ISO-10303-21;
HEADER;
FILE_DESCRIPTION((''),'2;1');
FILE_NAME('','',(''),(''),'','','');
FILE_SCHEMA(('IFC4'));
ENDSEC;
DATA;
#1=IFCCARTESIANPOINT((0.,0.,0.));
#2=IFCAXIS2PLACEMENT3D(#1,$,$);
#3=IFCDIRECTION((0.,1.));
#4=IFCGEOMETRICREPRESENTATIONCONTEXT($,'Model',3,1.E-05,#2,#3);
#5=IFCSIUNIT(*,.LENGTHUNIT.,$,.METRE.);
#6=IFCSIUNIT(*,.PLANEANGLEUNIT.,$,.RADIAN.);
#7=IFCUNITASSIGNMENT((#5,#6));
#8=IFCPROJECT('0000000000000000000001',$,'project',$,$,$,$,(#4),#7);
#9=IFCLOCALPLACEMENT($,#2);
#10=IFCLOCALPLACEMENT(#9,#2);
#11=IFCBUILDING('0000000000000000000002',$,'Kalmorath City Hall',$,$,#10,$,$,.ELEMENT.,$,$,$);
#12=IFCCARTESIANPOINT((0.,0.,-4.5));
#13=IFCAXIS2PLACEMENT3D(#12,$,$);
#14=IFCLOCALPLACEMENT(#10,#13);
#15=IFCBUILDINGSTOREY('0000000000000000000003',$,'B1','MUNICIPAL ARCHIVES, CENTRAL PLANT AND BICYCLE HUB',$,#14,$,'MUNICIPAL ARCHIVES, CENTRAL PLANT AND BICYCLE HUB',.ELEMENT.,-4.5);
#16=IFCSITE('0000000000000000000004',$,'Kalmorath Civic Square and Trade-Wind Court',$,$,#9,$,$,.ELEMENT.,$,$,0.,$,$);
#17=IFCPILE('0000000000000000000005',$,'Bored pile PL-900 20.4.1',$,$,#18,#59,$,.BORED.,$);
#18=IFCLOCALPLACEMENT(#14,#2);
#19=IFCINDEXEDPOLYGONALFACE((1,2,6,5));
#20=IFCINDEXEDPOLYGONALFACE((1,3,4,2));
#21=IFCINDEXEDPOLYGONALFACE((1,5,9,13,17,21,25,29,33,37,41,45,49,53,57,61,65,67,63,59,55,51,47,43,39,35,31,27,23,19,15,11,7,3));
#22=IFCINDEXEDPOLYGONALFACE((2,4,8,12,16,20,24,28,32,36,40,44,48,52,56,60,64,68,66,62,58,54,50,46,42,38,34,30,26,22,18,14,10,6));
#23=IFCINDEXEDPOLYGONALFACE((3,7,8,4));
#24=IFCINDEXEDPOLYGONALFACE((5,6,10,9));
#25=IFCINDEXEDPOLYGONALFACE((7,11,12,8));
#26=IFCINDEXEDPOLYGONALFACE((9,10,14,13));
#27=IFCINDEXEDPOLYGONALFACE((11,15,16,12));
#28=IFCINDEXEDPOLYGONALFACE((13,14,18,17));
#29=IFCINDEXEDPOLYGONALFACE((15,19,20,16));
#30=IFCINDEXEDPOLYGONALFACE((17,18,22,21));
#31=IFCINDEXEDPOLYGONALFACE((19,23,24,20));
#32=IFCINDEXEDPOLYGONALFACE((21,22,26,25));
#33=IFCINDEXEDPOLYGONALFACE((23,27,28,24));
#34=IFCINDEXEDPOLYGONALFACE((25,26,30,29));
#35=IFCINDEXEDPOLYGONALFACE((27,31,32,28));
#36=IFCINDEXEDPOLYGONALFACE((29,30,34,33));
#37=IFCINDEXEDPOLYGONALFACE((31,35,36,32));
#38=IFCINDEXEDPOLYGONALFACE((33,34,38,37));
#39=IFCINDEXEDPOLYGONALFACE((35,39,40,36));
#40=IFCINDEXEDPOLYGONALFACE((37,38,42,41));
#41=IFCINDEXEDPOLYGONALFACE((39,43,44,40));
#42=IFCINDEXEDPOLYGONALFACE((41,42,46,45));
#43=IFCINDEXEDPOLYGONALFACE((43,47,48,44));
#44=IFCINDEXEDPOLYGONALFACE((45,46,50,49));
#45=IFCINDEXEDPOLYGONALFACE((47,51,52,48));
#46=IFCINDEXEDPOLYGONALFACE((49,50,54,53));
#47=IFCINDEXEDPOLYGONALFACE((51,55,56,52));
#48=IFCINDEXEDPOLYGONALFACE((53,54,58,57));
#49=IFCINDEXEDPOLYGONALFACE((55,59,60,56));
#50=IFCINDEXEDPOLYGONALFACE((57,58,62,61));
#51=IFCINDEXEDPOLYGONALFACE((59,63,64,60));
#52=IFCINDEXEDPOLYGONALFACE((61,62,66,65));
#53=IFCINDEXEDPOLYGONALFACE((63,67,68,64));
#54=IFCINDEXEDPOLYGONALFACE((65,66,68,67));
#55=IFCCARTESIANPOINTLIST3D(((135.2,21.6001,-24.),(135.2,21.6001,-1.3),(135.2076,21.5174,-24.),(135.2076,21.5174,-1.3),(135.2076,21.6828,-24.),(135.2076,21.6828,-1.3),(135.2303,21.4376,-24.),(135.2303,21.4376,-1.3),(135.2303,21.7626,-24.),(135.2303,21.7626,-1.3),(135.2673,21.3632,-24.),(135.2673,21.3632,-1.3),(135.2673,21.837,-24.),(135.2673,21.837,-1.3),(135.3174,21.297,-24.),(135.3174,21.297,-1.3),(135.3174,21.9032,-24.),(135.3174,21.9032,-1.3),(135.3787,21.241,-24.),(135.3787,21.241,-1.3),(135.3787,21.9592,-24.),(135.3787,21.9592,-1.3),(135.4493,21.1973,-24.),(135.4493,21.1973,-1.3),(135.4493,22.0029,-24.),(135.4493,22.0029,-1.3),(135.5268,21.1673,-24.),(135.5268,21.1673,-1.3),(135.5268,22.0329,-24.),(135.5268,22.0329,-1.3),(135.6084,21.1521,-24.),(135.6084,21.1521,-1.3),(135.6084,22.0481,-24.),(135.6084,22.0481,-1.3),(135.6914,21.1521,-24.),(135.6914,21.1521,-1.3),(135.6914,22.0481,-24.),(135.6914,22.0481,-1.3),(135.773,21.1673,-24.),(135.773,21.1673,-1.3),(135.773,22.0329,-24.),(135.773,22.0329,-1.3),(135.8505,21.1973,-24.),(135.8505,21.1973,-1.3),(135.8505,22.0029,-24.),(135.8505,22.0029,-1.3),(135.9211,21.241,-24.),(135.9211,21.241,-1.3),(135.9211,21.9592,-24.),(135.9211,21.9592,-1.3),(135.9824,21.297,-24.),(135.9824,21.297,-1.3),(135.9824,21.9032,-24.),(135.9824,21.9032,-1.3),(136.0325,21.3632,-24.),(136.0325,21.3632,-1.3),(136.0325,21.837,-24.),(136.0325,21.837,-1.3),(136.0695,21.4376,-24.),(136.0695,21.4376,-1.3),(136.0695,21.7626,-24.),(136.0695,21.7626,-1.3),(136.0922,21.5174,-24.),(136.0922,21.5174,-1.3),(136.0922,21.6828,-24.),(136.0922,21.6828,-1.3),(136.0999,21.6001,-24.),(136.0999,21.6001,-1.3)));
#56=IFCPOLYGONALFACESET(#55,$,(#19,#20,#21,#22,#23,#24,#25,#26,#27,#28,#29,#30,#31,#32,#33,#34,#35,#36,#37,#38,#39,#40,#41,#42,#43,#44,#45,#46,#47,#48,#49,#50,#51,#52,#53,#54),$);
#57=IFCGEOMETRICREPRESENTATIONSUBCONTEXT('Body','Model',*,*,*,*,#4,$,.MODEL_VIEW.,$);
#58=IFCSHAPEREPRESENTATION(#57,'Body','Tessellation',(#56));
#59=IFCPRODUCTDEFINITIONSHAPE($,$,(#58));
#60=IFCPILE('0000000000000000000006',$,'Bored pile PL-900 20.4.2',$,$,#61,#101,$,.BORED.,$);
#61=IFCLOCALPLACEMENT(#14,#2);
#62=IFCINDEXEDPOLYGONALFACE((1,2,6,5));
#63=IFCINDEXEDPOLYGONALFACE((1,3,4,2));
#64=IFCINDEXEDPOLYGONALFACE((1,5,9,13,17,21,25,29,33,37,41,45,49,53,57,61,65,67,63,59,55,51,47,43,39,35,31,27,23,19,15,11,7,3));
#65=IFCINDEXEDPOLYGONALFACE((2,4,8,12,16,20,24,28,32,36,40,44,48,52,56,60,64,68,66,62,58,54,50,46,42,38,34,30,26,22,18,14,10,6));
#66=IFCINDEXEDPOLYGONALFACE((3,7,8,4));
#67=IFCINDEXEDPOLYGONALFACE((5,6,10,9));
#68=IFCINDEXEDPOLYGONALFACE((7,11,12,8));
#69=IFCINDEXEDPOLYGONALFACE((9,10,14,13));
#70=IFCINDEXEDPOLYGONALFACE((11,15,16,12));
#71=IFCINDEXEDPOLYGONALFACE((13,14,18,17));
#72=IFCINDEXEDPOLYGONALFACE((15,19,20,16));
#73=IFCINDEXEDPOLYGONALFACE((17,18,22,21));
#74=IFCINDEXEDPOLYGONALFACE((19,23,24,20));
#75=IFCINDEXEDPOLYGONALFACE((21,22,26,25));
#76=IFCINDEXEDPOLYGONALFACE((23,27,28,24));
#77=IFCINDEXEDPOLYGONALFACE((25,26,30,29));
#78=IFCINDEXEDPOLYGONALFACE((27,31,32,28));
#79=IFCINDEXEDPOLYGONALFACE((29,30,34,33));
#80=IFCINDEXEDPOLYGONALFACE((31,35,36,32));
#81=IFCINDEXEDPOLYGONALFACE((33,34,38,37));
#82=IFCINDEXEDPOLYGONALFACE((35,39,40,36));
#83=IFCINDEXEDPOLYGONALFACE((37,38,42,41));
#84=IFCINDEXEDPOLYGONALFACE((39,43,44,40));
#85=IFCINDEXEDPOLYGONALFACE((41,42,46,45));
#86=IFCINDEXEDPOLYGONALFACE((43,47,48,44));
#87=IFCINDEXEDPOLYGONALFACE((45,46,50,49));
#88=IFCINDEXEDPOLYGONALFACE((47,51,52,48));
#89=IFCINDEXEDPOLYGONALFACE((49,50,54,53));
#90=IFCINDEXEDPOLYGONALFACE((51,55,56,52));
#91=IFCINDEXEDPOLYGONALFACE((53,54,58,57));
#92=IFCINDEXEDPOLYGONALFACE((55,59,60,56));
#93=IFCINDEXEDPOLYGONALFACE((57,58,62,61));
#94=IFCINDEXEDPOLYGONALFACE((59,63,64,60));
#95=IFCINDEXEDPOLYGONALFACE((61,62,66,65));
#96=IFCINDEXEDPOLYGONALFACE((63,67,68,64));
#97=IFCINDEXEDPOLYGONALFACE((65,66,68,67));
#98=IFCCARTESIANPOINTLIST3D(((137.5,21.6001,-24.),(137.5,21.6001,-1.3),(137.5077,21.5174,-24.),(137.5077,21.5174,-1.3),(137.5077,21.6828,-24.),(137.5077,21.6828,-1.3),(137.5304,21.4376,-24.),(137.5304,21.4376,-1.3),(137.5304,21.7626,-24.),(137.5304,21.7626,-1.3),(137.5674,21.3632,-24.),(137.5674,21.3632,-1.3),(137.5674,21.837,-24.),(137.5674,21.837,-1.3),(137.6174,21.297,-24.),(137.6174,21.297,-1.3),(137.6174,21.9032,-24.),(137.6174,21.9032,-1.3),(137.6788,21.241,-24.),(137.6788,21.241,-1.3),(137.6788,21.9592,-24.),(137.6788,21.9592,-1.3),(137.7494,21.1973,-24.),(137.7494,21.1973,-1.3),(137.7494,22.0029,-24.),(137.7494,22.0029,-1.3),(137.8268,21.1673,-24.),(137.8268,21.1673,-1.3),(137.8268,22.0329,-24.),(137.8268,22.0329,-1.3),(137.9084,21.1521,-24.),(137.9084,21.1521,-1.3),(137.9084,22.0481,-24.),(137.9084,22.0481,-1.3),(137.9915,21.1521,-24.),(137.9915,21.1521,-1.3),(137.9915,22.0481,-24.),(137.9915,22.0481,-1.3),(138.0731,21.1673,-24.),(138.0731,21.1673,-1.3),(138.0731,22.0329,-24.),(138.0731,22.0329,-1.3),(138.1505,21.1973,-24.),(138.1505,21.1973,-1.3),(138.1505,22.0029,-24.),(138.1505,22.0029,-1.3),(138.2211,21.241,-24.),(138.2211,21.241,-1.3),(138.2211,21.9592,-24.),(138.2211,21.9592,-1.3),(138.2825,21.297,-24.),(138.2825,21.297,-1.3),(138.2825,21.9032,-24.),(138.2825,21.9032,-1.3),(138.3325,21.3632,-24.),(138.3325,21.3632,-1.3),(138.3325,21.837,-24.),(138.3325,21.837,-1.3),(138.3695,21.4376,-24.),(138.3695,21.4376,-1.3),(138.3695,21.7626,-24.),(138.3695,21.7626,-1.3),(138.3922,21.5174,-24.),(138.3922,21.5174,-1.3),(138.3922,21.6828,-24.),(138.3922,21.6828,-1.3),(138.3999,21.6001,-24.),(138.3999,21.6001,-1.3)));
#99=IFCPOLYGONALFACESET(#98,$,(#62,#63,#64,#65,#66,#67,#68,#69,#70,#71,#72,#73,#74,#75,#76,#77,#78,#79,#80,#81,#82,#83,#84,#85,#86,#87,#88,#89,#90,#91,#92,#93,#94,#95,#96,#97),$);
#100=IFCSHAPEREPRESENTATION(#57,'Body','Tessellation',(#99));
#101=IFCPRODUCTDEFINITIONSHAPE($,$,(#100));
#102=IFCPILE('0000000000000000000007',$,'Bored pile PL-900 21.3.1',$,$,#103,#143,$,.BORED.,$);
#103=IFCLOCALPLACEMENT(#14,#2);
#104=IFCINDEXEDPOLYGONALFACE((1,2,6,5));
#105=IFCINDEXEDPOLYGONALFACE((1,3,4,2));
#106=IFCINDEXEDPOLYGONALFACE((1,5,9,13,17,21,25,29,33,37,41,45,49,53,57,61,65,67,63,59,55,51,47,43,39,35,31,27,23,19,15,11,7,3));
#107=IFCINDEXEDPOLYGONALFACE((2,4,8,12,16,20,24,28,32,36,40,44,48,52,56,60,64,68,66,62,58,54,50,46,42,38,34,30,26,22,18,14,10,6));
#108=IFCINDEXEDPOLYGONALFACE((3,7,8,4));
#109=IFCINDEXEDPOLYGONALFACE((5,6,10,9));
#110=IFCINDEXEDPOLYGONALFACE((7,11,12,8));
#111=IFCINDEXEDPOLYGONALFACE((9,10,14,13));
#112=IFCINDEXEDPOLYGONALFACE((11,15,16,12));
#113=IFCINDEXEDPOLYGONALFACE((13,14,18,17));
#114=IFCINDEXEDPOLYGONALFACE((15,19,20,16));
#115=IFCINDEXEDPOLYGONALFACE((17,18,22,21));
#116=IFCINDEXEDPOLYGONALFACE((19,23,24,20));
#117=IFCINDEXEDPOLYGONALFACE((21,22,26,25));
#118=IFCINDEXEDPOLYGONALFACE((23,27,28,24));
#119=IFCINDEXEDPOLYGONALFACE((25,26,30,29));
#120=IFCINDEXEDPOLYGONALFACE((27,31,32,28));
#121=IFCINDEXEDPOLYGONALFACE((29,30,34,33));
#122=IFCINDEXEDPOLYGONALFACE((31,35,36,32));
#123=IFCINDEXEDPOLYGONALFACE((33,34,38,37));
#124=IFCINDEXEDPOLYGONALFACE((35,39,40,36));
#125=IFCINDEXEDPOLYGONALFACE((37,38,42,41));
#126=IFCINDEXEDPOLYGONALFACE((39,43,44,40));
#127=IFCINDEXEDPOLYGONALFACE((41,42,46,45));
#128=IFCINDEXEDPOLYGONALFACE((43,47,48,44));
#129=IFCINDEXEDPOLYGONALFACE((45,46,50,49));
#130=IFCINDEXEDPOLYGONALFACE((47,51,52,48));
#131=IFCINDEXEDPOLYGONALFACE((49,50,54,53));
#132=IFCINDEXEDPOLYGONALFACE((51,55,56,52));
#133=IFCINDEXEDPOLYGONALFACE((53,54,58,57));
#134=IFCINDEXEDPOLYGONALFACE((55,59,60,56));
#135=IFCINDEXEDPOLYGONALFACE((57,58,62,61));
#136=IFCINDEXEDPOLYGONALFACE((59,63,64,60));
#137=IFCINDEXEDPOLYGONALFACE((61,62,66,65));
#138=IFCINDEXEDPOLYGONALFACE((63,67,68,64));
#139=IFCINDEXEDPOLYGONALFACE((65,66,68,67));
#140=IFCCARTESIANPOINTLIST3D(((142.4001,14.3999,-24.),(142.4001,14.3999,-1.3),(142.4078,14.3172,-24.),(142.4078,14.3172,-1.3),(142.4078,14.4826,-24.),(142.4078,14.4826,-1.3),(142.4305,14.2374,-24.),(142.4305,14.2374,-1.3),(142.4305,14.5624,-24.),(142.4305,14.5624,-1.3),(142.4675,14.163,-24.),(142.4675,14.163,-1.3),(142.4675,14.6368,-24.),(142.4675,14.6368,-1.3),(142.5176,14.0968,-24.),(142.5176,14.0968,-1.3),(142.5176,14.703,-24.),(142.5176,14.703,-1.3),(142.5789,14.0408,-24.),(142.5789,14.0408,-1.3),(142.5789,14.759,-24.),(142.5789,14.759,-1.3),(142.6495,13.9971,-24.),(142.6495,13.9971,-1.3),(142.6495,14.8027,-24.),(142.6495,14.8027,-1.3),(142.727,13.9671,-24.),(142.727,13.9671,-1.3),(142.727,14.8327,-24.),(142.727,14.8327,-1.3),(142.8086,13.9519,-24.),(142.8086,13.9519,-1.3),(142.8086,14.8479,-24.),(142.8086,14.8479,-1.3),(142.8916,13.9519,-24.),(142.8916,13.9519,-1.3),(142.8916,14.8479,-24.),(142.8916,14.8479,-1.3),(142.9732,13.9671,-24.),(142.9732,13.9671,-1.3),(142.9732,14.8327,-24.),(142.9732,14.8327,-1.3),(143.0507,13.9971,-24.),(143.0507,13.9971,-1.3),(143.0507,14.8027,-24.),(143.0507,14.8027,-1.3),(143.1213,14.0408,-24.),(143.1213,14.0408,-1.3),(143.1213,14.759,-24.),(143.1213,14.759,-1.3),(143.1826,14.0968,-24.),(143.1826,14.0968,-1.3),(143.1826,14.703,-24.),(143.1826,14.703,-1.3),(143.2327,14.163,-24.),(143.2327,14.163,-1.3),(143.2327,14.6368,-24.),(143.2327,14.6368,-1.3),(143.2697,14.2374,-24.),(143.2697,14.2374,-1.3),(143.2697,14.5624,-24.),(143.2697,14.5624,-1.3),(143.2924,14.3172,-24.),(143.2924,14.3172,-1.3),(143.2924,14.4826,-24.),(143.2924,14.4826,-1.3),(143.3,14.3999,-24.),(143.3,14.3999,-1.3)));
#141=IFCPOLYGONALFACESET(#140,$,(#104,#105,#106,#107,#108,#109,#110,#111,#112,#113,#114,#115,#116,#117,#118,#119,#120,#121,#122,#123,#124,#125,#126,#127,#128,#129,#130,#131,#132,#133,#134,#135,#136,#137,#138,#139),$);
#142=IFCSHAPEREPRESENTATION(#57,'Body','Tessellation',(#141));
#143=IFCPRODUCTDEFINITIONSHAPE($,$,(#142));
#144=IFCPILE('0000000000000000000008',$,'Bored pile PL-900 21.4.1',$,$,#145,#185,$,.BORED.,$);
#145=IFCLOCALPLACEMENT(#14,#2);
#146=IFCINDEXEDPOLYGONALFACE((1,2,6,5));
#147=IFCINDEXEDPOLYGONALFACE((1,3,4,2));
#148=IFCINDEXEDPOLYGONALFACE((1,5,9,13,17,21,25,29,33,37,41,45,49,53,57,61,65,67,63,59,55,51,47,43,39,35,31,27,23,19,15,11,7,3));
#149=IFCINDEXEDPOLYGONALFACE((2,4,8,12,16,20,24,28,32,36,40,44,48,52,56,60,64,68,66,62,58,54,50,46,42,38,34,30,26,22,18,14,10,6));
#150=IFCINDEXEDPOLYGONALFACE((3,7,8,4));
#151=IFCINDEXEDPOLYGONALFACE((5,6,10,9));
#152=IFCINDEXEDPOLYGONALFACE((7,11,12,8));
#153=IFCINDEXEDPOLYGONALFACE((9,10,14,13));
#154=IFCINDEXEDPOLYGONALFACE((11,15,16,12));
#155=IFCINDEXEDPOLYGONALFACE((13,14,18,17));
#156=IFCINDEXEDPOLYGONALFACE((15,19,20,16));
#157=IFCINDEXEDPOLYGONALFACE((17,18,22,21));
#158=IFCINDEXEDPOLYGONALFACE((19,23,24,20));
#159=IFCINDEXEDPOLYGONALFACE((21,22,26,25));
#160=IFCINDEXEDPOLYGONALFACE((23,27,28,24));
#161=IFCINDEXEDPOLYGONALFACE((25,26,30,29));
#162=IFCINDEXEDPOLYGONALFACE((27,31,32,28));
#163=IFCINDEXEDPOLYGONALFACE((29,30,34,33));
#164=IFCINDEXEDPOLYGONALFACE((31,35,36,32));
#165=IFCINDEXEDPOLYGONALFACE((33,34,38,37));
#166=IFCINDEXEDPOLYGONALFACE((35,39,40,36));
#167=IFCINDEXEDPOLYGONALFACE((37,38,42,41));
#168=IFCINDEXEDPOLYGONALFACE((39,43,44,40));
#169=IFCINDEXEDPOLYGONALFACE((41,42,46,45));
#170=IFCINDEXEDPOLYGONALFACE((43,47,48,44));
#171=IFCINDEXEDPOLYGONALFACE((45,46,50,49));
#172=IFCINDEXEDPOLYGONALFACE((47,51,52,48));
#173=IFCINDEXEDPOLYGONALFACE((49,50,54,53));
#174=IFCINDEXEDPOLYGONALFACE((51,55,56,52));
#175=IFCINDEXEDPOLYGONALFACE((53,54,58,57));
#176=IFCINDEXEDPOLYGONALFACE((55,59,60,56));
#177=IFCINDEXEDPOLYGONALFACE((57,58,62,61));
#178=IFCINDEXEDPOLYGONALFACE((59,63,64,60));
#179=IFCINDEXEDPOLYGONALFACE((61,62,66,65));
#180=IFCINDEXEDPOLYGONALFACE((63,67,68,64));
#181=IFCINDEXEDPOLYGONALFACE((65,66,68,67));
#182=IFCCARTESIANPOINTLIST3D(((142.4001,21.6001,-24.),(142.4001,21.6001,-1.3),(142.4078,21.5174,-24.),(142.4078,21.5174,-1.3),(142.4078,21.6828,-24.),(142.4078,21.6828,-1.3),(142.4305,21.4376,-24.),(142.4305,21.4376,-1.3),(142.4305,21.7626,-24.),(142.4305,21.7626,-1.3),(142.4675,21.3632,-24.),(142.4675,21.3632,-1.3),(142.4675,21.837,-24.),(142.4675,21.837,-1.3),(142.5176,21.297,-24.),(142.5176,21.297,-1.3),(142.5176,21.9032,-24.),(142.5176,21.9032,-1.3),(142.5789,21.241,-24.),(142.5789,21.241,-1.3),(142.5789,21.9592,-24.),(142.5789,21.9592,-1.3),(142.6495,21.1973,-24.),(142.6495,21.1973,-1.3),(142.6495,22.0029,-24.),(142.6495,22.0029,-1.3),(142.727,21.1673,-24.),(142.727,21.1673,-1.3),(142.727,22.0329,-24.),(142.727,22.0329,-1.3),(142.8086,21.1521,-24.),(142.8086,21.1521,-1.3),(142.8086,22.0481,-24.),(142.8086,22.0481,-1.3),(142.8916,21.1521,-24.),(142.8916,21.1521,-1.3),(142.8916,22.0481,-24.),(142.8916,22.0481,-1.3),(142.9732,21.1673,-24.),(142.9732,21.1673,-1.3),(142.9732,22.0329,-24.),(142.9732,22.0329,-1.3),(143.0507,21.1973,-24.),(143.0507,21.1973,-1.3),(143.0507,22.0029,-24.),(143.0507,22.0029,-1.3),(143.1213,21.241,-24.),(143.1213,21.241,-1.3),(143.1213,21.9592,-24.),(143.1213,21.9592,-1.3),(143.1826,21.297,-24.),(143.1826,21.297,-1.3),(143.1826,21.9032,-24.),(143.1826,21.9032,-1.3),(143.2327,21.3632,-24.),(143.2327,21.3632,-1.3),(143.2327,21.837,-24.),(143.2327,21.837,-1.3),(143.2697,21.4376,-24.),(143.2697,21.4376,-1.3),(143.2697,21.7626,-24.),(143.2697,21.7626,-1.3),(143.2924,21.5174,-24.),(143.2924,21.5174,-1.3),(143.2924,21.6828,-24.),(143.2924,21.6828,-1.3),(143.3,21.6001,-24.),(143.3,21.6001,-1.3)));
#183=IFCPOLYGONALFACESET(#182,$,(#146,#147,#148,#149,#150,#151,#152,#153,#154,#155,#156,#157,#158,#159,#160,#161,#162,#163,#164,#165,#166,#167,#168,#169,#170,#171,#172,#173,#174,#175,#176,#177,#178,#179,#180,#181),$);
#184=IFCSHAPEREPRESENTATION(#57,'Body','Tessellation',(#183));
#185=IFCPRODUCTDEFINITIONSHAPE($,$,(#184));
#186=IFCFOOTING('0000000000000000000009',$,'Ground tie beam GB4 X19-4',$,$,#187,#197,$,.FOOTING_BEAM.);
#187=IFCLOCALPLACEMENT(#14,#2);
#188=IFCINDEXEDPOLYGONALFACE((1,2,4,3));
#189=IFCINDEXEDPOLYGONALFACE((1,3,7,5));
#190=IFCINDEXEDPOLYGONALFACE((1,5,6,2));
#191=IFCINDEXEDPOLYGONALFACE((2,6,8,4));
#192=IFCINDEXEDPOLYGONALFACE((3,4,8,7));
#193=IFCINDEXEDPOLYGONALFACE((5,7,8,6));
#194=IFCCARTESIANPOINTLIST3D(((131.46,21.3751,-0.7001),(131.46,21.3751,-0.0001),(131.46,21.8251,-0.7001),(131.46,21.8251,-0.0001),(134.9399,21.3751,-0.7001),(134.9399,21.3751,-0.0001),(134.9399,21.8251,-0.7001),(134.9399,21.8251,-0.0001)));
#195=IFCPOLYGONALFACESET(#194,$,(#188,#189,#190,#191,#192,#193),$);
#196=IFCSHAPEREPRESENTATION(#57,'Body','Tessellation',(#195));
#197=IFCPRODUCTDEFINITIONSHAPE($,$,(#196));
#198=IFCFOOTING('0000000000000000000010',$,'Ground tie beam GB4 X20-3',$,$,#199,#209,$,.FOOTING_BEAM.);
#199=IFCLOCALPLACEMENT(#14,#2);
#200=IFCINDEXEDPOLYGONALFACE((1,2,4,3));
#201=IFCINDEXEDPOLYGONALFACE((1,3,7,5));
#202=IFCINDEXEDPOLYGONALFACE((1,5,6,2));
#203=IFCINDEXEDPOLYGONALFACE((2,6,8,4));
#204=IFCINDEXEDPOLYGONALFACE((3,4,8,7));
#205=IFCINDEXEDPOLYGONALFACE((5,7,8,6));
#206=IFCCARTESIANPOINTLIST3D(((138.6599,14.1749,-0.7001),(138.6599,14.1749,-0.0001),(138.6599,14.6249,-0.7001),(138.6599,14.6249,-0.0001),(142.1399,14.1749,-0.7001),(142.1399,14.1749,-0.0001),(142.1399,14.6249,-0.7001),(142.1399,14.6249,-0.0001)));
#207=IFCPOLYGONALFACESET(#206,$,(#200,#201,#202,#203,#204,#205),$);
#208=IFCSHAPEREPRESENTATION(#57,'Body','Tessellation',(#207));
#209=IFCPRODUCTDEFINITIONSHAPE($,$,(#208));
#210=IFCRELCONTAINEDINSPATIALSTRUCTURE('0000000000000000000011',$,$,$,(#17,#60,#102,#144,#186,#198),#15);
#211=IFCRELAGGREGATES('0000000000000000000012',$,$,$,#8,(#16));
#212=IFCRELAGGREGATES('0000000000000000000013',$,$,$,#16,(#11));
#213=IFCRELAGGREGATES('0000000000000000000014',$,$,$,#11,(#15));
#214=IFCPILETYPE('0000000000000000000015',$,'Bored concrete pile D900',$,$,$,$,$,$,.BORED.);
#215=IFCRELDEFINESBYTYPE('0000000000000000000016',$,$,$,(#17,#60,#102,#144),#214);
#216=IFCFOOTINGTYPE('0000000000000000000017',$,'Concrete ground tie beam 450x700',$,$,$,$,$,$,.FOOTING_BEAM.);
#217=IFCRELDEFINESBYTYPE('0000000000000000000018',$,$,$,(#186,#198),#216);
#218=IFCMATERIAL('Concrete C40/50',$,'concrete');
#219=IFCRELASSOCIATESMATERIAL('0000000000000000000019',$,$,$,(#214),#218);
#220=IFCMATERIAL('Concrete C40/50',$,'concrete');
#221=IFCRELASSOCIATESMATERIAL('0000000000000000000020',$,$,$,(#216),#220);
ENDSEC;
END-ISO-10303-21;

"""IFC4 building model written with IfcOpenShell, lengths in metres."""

from ifc_helpers import new_model, si_unit, direction, frame, origin, origin_2d, place, context, subcontext, project, spatial, rectangle, circle, extrude, material, material_profile, profile_set, type_object, element, save


model = new_model("IFC4")

# Units and contexts
model_context = context("Model", 3, precision=1e-05, world=origin(), true_north=direction((0.0, 1.0)))
body_context = subcontext(model_context, "Body", "Model", "MODEL_VIEW")
ifc_project = project(units=[si_unit("LENGTHUNIT", "METRE"), si_unit("PLANEANGLEUNIT", "RADIAN")], contexts=[model_context])

# Site, building, storey
site_placement = place(None, origin())
site = spatial("IfcSite", under=ifc_project, at=site_placement, Name="Kalmorath Civic Square and Trade-Wind Court", CompositionType="ELEMENT", RefElevation=0.0)
building_placement = place(site_placement, origin())
building = spatial("IfcBuilding", under=site, at=building_placement, Name="Kalmorath City Hall", CompositionType="ELEMENT")
storey_placement = place(building_placement, frame((0.0, 0.0, -4.5)))
storey = spatial("IfcBuildingStorey", under=building, at=storey_placement, Name="B1", Description="MUNICIPAL ARCHIVES, CENTRAL PLANT AND BICYCLE HUB", LongName="MUNICIPAL ARCHIVES, CENTRAL PLANT AND BICYCLE HUB", CompositionType="ELEMENT", Elevation=-4.5)

# Piles
ifc_material_1 = material(Name="Concrete C40/50", Category="concrete")
ifc_material_profile_1 = material_profile(ifc_material_1, circle(Radius=0.45, at=origin_2d()), Name="PILE-D900")
ifc_profile_set_1 = profile_set([ifc_material_profile_1], Name="Concrete C40/50")
pile_type = type_object("IfcPileType", Name="Bored concrete pile D900", PredefinedType="BORED", material=ifc_profile_set_1)
for number, where, z_axis, x_axis, name in (
    (1, (135.6499, 21.6001, -1.3), (0.0, 0.0, -1.0), (1.0, 0.0, 0.0), "Bored pile PL-900 20.4.1"),
    (2, (137.95, 21.6001, -1.3), (0.0, 0.0, -1.0), (1.0, 0.0, 0.0), "Bored pile PL-900 20.4.2"),
    (3, (142.8501, 14.3999, -1.3), (0.0, 0.0, -1.0), (1.0, 0.0, 0.0), "Bored pile PL-900 21.3.1"),
    (4, (142.8501, 21.6001, -1.3), (0.0, 0.0, -1.0), (1.0, 0.0, 0.0), "Bored pile PL-900 21.4.1"),
):
    element("IfcPile", number, at=place(storey_placement, frame(where, z_axis=z_axis, x_axis=x_axis)), inside=storey, type_object=pile_type, Name=name, PredefinedType="BORED", context=body_context, shape_type="SweptSolid", body=[
        extrude(circle(Radius=0.45, at=origin_2d()), origin(), (0.0, 0.0, 1.0), 22.7),
    ])

# Footings
ifc_material_2 = material(Name="Concrete C40/50", Category="concrete")
ifc_material_profile_2 = material_profile(ifc_material_2, rectangle(XDim=0.45, YDim=0.7, at=origin_2d()), Name="RC-BM-450X700")
ifc_profile_set_2 = profile_set([ifc_material_profile_2], Name="Concrete C40/50")
footing_type_1 = type_object("IfcFootingType", Name="Concrete ground tie beam 450x700", PredefinedType="FOOTING_BEAM", material=ifc_profile_set_2)
for number, where, z_axis, x_axis, name in (
    (5, (131.46, 21.6001, -0.3501), (1.0, 0.0, 0.0), (0.0, 1.0, 0.0), "Ground tie beam GB4 X19-4"),
    (6, (138.6599, 14.3999, -0.3501), (1.0, 0.0, 0.0), (0.0, 1.0, 0.0), "Ground tie beam GB4 X20-3"),
):
    element("IfcFooting", number, at=place(storey_placement, frame(where, z_axis=z_axis, x_axis=x_axis)), inside=storey, type_object=footing_type_1, Name=name, PredefinedType="FOOTING_BEAM", context=body_context, shape_type="SweptSolid", body=[
        extrude(rectangle(XDim=0.45, YDim=0.7, at=origin_2d()), origin(), (0.0, 0.0, 1.0), 3.48),
    ])

save(model, "model.ifc")
